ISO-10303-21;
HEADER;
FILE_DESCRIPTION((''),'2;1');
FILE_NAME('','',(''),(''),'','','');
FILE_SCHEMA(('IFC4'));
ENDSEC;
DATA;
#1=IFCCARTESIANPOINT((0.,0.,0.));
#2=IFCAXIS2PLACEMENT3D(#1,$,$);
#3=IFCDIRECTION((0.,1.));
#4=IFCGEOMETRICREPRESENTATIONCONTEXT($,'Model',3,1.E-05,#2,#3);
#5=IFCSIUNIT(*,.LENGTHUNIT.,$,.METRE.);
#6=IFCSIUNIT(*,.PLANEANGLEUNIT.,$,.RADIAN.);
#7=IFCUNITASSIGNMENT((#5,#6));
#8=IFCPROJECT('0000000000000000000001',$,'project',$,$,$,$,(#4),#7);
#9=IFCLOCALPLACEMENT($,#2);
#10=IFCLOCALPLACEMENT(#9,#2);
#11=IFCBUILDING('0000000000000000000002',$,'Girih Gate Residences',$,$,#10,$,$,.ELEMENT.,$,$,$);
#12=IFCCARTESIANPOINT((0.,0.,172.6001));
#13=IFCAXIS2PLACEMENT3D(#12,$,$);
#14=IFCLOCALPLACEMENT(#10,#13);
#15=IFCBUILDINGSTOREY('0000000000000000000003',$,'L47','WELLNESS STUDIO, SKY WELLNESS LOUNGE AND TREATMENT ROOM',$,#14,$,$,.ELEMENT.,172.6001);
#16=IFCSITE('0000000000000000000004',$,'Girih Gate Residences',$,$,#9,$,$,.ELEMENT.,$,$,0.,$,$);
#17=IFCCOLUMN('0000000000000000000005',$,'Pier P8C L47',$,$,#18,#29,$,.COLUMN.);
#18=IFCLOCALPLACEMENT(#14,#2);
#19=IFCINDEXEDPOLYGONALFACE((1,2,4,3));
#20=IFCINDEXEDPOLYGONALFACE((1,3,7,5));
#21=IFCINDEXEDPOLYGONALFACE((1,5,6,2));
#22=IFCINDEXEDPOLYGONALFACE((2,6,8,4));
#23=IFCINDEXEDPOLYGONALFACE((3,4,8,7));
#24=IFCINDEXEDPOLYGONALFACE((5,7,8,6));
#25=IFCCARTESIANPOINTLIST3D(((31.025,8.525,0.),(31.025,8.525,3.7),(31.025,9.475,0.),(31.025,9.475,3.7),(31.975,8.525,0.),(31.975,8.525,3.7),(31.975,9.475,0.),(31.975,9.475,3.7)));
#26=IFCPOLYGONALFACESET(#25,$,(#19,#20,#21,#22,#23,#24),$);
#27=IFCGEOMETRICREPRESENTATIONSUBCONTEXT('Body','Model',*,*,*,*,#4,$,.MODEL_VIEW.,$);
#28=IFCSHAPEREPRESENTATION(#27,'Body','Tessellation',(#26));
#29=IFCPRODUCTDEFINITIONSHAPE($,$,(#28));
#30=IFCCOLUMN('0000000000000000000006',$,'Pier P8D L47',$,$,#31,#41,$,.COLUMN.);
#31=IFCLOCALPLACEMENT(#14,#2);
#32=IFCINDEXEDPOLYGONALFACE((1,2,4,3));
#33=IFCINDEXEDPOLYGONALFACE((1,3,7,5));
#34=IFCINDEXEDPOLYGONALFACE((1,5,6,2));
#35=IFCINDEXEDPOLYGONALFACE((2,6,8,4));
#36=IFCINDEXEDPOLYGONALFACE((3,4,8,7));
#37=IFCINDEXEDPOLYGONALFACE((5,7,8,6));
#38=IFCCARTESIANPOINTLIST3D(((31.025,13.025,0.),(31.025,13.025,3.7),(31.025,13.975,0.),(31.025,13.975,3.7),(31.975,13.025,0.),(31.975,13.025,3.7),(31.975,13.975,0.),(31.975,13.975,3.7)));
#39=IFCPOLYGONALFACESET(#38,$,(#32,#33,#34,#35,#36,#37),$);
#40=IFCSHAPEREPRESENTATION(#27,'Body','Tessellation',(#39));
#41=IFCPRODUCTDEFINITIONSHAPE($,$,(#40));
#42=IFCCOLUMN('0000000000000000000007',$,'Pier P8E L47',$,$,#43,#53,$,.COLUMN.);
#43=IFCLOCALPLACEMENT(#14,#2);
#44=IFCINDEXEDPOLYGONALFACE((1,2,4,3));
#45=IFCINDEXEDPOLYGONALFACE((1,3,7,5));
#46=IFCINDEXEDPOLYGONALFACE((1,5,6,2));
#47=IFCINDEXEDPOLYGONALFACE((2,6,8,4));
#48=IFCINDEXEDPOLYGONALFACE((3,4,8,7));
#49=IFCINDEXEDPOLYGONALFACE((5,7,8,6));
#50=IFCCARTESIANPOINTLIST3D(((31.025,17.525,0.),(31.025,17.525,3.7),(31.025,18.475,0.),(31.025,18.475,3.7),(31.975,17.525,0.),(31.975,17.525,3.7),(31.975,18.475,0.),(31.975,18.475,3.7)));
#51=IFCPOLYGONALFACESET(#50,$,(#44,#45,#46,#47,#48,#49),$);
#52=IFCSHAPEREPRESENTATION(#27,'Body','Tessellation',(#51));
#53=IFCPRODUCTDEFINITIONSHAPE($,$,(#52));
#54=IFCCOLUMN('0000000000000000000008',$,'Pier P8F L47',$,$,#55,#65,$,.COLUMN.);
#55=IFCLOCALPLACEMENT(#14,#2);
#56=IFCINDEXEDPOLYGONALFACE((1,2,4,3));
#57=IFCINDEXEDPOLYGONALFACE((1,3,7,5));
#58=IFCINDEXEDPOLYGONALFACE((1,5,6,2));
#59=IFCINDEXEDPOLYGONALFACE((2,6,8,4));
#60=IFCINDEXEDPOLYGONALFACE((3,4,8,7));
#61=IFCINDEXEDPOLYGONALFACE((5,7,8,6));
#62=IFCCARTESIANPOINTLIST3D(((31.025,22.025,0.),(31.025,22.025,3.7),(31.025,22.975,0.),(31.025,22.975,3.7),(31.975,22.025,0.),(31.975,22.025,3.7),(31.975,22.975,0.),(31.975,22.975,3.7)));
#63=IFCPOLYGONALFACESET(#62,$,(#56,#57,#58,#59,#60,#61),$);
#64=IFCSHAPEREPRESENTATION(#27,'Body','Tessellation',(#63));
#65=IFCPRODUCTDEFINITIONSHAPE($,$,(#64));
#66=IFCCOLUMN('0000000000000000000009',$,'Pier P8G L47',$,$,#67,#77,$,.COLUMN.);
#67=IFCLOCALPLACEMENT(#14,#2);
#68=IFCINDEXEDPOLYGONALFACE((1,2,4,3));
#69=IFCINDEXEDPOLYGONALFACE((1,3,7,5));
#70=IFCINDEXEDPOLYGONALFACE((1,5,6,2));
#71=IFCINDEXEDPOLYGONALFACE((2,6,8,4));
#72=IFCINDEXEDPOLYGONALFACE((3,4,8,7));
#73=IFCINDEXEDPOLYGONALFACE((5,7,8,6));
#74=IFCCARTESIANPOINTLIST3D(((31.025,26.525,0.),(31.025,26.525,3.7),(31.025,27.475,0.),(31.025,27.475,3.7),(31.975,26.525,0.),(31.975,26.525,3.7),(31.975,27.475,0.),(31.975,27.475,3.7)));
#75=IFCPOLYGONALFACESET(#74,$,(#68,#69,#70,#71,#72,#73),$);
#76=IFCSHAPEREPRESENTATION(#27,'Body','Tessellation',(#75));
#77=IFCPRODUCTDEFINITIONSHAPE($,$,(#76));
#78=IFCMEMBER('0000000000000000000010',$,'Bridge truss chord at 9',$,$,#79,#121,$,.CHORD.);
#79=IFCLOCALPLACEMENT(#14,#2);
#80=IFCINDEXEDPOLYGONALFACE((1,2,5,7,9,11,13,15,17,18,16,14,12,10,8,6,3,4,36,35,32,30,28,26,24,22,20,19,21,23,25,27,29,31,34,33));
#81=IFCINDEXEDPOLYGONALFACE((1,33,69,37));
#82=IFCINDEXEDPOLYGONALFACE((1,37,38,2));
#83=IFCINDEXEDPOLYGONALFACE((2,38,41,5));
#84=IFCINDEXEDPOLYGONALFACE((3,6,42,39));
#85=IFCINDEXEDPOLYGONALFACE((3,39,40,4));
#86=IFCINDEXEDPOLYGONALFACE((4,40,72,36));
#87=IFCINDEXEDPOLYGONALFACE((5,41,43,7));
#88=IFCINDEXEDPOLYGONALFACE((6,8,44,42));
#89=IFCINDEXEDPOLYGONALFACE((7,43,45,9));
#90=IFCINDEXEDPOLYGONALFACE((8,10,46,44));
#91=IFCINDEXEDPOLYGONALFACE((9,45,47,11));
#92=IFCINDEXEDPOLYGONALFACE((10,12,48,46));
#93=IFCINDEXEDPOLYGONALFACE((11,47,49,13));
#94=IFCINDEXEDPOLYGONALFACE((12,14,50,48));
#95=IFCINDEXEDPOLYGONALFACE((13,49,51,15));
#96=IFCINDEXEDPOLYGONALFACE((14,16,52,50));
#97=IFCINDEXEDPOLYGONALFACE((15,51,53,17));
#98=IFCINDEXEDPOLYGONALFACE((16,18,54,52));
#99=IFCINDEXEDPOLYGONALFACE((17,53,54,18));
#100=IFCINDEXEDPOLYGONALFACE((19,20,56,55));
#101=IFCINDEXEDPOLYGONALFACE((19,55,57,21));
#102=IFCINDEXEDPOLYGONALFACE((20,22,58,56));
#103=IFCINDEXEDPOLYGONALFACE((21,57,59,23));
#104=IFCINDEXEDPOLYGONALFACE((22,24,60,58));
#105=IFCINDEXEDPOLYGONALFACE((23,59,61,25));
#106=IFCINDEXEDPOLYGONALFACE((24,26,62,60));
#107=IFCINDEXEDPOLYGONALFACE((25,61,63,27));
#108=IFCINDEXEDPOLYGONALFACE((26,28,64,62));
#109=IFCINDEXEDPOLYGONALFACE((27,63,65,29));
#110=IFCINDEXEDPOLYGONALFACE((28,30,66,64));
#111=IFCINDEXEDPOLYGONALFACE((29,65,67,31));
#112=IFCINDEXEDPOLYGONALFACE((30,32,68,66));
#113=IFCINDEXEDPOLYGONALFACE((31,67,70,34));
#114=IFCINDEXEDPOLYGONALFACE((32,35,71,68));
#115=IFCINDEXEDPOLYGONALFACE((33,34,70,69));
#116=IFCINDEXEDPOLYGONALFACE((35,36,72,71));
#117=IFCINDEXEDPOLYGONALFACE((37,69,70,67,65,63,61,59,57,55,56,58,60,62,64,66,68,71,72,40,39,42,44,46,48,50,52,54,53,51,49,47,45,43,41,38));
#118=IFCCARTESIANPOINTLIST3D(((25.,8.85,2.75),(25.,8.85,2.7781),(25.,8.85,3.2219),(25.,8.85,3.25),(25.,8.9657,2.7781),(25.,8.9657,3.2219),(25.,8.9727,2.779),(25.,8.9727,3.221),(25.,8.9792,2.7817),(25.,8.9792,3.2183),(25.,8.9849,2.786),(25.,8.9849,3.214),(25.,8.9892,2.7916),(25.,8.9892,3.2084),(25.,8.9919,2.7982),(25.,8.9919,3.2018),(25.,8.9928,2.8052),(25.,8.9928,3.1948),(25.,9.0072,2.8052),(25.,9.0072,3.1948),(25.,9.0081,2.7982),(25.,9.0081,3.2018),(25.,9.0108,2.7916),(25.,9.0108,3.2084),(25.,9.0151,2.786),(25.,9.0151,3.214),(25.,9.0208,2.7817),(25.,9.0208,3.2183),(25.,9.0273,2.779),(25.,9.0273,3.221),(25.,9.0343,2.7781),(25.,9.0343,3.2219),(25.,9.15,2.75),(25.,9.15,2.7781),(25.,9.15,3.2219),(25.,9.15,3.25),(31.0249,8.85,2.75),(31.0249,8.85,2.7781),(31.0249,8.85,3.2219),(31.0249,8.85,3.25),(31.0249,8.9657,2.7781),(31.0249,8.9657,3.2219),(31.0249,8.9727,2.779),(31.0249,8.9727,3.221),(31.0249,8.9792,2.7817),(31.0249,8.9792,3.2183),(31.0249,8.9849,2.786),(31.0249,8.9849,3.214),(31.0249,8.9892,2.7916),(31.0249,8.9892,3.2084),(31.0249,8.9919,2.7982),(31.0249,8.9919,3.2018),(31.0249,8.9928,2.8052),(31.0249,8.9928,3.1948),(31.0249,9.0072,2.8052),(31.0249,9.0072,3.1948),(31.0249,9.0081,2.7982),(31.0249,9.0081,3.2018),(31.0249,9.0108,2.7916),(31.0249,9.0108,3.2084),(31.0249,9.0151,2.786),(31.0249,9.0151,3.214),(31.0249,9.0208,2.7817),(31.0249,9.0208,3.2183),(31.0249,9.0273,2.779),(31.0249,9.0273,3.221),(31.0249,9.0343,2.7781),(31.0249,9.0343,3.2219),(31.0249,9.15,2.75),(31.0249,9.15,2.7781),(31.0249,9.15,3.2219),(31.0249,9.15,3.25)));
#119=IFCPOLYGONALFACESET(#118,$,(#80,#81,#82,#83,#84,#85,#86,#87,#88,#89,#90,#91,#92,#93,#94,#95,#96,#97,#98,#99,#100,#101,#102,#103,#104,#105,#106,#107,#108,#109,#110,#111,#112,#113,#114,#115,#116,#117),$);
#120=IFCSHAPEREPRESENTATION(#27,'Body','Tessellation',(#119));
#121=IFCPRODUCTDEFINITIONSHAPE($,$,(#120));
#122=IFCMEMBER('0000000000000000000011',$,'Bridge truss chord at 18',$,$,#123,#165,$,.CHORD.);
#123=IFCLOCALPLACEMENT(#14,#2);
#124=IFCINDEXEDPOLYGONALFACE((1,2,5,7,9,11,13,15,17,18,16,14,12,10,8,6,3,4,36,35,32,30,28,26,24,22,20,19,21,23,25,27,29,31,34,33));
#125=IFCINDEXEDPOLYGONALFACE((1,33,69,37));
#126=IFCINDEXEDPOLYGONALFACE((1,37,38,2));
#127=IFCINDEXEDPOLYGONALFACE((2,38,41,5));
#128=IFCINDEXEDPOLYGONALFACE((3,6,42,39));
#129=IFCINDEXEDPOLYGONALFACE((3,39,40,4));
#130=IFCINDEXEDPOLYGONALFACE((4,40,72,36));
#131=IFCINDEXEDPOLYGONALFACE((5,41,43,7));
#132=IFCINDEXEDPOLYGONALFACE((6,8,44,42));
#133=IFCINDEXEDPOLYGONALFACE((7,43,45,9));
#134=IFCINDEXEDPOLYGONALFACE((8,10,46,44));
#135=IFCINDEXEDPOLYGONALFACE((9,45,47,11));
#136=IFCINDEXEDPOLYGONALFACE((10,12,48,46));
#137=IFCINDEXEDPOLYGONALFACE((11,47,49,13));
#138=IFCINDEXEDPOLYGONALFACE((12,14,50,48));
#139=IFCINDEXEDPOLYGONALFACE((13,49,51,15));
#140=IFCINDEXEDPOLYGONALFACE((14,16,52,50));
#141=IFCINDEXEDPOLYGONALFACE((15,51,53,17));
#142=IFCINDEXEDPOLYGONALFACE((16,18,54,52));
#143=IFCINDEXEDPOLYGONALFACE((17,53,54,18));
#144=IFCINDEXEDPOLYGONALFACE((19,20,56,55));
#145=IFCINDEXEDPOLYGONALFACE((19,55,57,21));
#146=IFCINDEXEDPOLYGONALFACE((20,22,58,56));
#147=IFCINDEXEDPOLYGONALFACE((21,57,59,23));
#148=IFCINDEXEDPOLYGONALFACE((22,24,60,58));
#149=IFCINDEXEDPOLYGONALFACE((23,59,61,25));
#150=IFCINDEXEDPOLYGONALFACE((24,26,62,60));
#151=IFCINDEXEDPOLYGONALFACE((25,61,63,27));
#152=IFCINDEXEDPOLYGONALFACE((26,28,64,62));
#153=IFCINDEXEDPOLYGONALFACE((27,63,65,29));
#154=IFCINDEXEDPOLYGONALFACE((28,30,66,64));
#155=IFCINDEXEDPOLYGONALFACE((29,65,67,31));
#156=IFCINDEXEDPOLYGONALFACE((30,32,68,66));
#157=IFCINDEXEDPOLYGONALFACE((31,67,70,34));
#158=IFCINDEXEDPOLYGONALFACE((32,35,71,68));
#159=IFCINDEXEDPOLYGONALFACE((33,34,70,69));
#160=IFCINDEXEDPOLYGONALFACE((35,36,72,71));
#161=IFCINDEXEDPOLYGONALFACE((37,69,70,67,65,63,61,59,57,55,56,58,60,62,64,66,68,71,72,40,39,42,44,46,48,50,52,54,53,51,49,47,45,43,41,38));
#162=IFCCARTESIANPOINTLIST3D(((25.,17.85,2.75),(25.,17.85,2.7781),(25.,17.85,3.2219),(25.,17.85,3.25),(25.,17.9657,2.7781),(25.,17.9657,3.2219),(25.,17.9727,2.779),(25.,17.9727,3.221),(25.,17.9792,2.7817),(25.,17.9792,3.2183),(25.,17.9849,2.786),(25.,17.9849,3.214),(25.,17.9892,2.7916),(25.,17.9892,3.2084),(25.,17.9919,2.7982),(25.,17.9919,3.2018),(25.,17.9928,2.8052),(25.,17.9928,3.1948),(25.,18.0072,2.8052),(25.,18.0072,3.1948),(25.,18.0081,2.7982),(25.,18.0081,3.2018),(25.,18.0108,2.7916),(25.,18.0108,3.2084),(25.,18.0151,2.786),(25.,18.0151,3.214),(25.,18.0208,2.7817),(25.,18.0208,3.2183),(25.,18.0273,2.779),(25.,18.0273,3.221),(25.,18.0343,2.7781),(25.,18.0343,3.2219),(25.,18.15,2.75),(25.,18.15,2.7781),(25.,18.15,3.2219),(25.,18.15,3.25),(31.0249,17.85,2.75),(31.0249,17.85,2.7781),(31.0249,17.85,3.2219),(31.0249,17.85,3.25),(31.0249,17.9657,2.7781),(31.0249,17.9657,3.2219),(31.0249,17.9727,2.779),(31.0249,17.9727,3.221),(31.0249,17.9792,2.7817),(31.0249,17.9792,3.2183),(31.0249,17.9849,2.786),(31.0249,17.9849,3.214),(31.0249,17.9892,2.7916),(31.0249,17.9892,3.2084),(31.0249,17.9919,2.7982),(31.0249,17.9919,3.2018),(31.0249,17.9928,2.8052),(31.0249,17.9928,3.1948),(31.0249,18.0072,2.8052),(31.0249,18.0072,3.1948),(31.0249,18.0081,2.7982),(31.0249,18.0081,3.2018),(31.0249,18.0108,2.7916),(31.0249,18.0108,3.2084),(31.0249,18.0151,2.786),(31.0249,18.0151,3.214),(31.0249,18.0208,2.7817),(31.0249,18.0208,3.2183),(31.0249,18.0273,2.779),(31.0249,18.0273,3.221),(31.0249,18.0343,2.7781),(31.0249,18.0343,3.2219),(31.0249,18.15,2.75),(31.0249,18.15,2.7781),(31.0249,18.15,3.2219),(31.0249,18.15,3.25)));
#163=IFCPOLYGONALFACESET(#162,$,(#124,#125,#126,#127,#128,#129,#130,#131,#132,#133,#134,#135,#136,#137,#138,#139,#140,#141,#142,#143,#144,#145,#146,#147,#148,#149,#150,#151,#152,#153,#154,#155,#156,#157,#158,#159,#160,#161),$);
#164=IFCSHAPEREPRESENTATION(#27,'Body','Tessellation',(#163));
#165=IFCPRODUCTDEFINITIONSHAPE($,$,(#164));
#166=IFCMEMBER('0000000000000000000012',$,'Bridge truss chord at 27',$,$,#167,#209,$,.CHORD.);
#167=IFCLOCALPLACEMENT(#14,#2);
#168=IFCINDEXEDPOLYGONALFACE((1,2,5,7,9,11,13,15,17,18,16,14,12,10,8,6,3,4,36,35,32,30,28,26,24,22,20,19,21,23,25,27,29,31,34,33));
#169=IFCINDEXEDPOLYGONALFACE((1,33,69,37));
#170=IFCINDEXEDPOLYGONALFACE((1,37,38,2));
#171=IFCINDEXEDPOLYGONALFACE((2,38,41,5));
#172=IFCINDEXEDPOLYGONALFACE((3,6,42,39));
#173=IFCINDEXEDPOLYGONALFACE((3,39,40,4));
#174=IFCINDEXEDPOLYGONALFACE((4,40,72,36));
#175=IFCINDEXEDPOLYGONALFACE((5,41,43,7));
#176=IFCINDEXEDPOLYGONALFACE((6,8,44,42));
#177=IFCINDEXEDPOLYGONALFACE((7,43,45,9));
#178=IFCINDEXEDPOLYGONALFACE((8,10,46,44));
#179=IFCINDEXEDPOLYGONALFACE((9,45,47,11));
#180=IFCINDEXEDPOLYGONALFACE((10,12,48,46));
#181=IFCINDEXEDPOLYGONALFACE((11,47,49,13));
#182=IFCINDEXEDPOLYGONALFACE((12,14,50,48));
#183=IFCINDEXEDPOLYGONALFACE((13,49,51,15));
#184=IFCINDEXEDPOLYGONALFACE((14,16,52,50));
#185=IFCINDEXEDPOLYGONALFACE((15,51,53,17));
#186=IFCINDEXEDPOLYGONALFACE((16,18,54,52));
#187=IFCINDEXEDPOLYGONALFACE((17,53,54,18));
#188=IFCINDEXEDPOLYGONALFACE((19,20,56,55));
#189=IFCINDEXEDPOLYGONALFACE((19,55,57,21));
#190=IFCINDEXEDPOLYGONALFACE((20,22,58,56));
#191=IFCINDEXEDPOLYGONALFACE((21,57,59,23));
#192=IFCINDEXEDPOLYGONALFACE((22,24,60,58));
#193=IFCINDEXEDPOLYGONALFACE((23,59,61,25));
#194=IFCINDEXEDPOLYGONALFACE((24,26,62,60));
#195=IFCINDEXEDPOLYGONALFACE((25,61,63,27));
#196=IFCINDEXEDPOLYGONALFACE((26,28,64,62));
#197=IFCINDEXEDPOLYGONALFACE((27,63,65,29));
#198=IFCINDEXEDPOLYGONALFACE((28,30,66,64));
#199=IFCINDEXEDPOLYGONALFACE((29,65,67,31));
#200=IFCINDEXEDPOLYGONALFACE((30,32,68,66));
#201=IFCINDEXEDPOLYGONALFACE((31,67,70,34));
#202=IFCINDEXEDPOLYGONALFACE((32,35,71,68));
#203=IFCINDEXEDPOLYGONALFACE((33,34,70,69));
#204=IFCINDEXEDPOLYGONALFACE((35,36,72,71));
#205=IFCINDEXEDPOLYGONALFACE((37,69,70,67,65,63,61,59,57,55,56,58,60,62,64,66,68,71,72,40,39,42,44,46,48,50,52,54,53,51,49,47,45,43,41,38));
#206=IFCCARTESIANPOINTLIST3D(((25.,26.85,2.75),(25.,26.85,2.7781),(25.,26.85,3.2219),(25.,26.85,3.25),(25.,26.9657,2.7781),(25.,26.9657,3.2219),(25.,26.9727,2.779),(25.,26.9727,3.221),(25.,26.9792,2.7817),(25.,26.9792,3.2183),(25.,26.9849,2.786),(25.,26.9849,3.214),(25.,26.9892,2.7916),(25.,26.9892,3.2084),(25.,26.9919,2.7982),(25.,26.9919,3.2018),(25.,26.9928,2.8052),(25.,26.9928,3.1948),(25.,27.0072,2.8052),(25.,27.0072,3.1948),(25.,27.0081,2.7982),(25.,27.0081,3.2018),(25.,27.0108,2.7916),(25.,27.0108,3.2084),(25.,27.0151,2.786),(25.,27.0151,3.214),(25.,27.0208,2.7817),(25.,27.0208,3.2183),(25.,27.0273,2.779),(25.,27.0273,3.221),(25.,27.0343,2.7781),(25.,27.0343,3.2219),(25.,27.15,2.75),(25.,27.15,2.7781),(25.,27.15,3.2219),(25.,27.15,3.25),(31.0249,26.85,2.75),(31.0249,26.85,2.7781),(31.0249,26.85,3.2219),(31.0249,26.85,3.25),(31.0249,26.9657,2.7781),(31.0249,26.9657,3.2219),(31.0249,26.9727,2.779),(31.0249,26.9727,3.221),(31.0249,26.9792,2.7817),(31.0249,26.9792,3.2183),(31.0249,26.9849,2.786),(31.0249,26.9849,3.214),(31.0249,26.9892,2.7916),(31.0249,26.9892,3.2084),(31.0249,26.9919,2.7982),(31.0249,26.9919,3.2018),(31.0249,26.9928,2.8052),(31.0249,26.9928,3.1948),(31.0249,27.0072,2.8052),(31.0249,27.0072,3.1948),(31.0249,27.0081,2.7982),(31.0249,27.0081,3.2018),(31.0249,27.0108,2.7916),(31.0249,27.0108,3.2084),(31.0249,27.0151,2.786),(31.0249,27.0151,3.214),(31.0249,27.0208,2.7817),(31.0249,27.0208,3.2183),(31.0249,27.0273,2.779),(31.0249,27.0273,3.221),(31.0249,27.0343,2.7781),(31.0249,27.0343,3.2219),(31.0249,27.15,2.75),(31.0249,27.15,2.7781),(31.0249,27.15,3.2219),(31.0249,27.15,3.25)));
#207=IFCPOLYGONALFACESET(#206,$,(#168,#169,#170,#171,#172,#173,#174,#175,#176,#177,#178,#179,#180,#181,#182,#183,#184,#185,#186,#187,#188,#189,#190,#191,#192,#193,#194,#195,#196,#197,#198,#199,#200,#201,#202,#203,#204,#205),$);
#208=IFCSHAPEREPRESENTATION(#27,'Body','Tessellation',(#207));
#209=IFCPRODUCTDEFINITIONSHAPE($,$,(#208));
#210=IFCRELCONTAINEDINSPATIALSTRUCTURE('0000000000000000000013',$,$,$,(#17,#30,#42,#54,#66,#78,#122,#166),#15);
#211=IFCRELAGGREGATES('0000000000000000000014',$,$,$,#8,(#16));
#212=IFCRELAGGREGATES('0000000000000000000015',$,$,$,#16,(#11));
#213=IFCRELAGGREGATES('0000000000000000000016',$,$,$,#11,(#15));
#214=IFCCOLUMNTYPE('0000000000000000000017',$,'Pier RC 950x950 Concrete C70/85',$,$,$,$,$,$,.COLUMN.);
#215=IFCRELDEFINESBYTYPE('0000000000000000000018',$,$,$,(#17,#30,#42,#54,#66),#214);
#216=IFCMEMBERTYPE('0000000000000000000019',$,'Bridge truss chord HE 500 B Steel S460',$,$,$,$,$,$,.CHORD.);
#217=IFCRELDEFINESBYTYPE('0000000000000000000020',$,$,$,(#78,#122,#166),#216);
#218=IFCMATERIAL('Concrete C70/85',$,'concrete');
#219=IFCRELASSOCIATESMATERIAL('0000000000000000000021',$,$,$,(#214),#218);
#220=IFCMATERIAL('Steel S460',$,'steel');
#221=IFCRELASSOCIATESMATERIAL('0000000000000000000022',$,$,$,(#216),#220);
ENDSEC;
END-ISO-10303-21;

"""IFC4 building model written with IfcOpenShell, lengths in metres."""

from ifc_helpers import new_model, si_unit, direction, frame, origin, origin_2d, place, context, subcontext, project, spatial, rectangle, i_section, extrude, material, material_profile, profile_set, type_object, element, save


model = new_model("IFC4")

# Units and contexts
model_context = context("Model", 3, precision=1e-05, world=origin(), true_north=direction((0.0, 1.0)))
body_context = subcontext(model_context, "Body", "Model", "MODEL_VIEW")
ifc_project = project(units=[si_unit("LENGTHUNIT", "METRE"), si_unit("PLANEANGLEUNIT", "RADIAN")], contexts=[model_context])

# Site, building, storey
site_placement = place(None, origin())
site = spatial("IfcSite", under=ifc_project, at=site_placement, Name="Girih Gate Residences", CompositionType="ELEMENT", RefElevation=0.0)
building_placement = place(site_placement, origin())
building = spatial("IfcBuilding", under=site, at=building_placement, Name="Girih Gate Residences", CompositionType="ELEMENT")
storey_placement = place(building_placement, frame((0.0, 0.0, 172.6001)))
storey = spatial("IfcBuildingStorey", under=building, at=storey_placement, Name="L47", Description="WELLNESS STUDIO, SKY WELLNESS LOUNGE AND TREATMENT ROOM", CompositionType="ELEMENT", Elevation=172.6001)

# Columns
ifc_material_1 = material(Name="Concrete C70/85", Category="concrete")
ifc_material_profile_1 = material_profile(ifc_material_1, rectangle(XDim=0.95, YDim=0.95, at=origin_2d()))
ifc_profile_set_1 = profile_set([ifc_material_profile_1], Name="Concrete C70/85")
column_type = type_object("IfcColumnType", Name="Pier RC 950x950 Concrete C70/85", PredefinedType="COLUMN", material=ifc_profile_set_1)
for number, where, z_axis, x_axis, name in (
    (1, (31.5, 9.0, 0.0), (0.0, 0.0, 1.0), (1.0, 0.0, 0.0), "Pier P8C L47"),
    (2, (31.5, 13.5, 0.0), (0.0, 0.0, 1.0), (1.0, 0.0, 0.0), "Pier P8D L47"),
    (3, (31.5, 18.0, 0.0), (0.0, 0.0, 1.0), (1.0, 0.0, 0.0), "Pier P8E L47"),
    (4, (31.5, 22.5, 0.0), (0.0, 0.0, 1.0), (1.0, 0.0, 0.0), "Pier P8F L47"),
    (5, (31.5, 27.0, 0.0), (0.0, 0.0, 1.0), (1.0, 0.0, 0.0), "Pier P8G L47"),
):
    element("IfcColumn", number, at=place(storey_placement, frame(where, z_axis=z_axis, x_axis=x_axis)), inside=storey, type_object=column_type, Name=name, PredefinedType="COLUMN", context=body_context, shape_type="SweptSolid", body=[
        extrude(rectangle(XDim=0.95, YDim=0.95, at=origin_2d()), origin(), (0.0, 0.0, 1.0), 3.7),
    ])

# Members
ifc_material_2 = material(Name="Steel S460", Category="steel")
ifc_material_profile_2 = material_profile(ifc_material_2, i_section(OverallWidth=0.3, OverallDepth=0.5, WebThickness=0.0144, FlangeThickness=0.0281, FilletRadius=0.0271, at=origin_2d()))
ifc_profile_set_2 = profile_set([ifc_material_profile_2], Name="Steel S460")
member_type = type_object("IfcMemberType", Name="Bridge truss chord HE 500 B Steel S460", PredefinedType="CHORD", material=ifc_profile_set_2)
for number, where, z_axis, x_axis, name in (
    (6, (25.0, 9.0, 3.0), (1.0, 0.0, 0.0), (0.0, 1.0, 0.0), "Bridge truss chord at 9"),
    (7, (25.0, 18.0, 3.0), (1.0, 0.0, 0.0), (0.0, 1.0, 0.0), "Bridge truss chord at 18"),
    (8, (25.0, 27.0, 3.0), (1.0, 0.0, 0.0), (0.0, 1.0, 0.0), "Bridge truss chord at 27"),
):
    element("IfcMember", number, at=place(storey_placement, frame(where, z_axis=z_axis, x_axis=x_axis)), inside=storey, type_object=member_type, Name=name, PredefinedType="CHORD", context=body_context, shape_type="SweptSolid", body=[
        extrude(i_section(OverallWidth=0.3, OverallDepth=0.5, WebThickness=0.0144, FlangeThickness=0.0281, FilletRadius=0.0271, at=origin_2d()), origin(), (0.0, 0.0, 1.0), 6.0249),
    ])

save(model, "model.ifc")
